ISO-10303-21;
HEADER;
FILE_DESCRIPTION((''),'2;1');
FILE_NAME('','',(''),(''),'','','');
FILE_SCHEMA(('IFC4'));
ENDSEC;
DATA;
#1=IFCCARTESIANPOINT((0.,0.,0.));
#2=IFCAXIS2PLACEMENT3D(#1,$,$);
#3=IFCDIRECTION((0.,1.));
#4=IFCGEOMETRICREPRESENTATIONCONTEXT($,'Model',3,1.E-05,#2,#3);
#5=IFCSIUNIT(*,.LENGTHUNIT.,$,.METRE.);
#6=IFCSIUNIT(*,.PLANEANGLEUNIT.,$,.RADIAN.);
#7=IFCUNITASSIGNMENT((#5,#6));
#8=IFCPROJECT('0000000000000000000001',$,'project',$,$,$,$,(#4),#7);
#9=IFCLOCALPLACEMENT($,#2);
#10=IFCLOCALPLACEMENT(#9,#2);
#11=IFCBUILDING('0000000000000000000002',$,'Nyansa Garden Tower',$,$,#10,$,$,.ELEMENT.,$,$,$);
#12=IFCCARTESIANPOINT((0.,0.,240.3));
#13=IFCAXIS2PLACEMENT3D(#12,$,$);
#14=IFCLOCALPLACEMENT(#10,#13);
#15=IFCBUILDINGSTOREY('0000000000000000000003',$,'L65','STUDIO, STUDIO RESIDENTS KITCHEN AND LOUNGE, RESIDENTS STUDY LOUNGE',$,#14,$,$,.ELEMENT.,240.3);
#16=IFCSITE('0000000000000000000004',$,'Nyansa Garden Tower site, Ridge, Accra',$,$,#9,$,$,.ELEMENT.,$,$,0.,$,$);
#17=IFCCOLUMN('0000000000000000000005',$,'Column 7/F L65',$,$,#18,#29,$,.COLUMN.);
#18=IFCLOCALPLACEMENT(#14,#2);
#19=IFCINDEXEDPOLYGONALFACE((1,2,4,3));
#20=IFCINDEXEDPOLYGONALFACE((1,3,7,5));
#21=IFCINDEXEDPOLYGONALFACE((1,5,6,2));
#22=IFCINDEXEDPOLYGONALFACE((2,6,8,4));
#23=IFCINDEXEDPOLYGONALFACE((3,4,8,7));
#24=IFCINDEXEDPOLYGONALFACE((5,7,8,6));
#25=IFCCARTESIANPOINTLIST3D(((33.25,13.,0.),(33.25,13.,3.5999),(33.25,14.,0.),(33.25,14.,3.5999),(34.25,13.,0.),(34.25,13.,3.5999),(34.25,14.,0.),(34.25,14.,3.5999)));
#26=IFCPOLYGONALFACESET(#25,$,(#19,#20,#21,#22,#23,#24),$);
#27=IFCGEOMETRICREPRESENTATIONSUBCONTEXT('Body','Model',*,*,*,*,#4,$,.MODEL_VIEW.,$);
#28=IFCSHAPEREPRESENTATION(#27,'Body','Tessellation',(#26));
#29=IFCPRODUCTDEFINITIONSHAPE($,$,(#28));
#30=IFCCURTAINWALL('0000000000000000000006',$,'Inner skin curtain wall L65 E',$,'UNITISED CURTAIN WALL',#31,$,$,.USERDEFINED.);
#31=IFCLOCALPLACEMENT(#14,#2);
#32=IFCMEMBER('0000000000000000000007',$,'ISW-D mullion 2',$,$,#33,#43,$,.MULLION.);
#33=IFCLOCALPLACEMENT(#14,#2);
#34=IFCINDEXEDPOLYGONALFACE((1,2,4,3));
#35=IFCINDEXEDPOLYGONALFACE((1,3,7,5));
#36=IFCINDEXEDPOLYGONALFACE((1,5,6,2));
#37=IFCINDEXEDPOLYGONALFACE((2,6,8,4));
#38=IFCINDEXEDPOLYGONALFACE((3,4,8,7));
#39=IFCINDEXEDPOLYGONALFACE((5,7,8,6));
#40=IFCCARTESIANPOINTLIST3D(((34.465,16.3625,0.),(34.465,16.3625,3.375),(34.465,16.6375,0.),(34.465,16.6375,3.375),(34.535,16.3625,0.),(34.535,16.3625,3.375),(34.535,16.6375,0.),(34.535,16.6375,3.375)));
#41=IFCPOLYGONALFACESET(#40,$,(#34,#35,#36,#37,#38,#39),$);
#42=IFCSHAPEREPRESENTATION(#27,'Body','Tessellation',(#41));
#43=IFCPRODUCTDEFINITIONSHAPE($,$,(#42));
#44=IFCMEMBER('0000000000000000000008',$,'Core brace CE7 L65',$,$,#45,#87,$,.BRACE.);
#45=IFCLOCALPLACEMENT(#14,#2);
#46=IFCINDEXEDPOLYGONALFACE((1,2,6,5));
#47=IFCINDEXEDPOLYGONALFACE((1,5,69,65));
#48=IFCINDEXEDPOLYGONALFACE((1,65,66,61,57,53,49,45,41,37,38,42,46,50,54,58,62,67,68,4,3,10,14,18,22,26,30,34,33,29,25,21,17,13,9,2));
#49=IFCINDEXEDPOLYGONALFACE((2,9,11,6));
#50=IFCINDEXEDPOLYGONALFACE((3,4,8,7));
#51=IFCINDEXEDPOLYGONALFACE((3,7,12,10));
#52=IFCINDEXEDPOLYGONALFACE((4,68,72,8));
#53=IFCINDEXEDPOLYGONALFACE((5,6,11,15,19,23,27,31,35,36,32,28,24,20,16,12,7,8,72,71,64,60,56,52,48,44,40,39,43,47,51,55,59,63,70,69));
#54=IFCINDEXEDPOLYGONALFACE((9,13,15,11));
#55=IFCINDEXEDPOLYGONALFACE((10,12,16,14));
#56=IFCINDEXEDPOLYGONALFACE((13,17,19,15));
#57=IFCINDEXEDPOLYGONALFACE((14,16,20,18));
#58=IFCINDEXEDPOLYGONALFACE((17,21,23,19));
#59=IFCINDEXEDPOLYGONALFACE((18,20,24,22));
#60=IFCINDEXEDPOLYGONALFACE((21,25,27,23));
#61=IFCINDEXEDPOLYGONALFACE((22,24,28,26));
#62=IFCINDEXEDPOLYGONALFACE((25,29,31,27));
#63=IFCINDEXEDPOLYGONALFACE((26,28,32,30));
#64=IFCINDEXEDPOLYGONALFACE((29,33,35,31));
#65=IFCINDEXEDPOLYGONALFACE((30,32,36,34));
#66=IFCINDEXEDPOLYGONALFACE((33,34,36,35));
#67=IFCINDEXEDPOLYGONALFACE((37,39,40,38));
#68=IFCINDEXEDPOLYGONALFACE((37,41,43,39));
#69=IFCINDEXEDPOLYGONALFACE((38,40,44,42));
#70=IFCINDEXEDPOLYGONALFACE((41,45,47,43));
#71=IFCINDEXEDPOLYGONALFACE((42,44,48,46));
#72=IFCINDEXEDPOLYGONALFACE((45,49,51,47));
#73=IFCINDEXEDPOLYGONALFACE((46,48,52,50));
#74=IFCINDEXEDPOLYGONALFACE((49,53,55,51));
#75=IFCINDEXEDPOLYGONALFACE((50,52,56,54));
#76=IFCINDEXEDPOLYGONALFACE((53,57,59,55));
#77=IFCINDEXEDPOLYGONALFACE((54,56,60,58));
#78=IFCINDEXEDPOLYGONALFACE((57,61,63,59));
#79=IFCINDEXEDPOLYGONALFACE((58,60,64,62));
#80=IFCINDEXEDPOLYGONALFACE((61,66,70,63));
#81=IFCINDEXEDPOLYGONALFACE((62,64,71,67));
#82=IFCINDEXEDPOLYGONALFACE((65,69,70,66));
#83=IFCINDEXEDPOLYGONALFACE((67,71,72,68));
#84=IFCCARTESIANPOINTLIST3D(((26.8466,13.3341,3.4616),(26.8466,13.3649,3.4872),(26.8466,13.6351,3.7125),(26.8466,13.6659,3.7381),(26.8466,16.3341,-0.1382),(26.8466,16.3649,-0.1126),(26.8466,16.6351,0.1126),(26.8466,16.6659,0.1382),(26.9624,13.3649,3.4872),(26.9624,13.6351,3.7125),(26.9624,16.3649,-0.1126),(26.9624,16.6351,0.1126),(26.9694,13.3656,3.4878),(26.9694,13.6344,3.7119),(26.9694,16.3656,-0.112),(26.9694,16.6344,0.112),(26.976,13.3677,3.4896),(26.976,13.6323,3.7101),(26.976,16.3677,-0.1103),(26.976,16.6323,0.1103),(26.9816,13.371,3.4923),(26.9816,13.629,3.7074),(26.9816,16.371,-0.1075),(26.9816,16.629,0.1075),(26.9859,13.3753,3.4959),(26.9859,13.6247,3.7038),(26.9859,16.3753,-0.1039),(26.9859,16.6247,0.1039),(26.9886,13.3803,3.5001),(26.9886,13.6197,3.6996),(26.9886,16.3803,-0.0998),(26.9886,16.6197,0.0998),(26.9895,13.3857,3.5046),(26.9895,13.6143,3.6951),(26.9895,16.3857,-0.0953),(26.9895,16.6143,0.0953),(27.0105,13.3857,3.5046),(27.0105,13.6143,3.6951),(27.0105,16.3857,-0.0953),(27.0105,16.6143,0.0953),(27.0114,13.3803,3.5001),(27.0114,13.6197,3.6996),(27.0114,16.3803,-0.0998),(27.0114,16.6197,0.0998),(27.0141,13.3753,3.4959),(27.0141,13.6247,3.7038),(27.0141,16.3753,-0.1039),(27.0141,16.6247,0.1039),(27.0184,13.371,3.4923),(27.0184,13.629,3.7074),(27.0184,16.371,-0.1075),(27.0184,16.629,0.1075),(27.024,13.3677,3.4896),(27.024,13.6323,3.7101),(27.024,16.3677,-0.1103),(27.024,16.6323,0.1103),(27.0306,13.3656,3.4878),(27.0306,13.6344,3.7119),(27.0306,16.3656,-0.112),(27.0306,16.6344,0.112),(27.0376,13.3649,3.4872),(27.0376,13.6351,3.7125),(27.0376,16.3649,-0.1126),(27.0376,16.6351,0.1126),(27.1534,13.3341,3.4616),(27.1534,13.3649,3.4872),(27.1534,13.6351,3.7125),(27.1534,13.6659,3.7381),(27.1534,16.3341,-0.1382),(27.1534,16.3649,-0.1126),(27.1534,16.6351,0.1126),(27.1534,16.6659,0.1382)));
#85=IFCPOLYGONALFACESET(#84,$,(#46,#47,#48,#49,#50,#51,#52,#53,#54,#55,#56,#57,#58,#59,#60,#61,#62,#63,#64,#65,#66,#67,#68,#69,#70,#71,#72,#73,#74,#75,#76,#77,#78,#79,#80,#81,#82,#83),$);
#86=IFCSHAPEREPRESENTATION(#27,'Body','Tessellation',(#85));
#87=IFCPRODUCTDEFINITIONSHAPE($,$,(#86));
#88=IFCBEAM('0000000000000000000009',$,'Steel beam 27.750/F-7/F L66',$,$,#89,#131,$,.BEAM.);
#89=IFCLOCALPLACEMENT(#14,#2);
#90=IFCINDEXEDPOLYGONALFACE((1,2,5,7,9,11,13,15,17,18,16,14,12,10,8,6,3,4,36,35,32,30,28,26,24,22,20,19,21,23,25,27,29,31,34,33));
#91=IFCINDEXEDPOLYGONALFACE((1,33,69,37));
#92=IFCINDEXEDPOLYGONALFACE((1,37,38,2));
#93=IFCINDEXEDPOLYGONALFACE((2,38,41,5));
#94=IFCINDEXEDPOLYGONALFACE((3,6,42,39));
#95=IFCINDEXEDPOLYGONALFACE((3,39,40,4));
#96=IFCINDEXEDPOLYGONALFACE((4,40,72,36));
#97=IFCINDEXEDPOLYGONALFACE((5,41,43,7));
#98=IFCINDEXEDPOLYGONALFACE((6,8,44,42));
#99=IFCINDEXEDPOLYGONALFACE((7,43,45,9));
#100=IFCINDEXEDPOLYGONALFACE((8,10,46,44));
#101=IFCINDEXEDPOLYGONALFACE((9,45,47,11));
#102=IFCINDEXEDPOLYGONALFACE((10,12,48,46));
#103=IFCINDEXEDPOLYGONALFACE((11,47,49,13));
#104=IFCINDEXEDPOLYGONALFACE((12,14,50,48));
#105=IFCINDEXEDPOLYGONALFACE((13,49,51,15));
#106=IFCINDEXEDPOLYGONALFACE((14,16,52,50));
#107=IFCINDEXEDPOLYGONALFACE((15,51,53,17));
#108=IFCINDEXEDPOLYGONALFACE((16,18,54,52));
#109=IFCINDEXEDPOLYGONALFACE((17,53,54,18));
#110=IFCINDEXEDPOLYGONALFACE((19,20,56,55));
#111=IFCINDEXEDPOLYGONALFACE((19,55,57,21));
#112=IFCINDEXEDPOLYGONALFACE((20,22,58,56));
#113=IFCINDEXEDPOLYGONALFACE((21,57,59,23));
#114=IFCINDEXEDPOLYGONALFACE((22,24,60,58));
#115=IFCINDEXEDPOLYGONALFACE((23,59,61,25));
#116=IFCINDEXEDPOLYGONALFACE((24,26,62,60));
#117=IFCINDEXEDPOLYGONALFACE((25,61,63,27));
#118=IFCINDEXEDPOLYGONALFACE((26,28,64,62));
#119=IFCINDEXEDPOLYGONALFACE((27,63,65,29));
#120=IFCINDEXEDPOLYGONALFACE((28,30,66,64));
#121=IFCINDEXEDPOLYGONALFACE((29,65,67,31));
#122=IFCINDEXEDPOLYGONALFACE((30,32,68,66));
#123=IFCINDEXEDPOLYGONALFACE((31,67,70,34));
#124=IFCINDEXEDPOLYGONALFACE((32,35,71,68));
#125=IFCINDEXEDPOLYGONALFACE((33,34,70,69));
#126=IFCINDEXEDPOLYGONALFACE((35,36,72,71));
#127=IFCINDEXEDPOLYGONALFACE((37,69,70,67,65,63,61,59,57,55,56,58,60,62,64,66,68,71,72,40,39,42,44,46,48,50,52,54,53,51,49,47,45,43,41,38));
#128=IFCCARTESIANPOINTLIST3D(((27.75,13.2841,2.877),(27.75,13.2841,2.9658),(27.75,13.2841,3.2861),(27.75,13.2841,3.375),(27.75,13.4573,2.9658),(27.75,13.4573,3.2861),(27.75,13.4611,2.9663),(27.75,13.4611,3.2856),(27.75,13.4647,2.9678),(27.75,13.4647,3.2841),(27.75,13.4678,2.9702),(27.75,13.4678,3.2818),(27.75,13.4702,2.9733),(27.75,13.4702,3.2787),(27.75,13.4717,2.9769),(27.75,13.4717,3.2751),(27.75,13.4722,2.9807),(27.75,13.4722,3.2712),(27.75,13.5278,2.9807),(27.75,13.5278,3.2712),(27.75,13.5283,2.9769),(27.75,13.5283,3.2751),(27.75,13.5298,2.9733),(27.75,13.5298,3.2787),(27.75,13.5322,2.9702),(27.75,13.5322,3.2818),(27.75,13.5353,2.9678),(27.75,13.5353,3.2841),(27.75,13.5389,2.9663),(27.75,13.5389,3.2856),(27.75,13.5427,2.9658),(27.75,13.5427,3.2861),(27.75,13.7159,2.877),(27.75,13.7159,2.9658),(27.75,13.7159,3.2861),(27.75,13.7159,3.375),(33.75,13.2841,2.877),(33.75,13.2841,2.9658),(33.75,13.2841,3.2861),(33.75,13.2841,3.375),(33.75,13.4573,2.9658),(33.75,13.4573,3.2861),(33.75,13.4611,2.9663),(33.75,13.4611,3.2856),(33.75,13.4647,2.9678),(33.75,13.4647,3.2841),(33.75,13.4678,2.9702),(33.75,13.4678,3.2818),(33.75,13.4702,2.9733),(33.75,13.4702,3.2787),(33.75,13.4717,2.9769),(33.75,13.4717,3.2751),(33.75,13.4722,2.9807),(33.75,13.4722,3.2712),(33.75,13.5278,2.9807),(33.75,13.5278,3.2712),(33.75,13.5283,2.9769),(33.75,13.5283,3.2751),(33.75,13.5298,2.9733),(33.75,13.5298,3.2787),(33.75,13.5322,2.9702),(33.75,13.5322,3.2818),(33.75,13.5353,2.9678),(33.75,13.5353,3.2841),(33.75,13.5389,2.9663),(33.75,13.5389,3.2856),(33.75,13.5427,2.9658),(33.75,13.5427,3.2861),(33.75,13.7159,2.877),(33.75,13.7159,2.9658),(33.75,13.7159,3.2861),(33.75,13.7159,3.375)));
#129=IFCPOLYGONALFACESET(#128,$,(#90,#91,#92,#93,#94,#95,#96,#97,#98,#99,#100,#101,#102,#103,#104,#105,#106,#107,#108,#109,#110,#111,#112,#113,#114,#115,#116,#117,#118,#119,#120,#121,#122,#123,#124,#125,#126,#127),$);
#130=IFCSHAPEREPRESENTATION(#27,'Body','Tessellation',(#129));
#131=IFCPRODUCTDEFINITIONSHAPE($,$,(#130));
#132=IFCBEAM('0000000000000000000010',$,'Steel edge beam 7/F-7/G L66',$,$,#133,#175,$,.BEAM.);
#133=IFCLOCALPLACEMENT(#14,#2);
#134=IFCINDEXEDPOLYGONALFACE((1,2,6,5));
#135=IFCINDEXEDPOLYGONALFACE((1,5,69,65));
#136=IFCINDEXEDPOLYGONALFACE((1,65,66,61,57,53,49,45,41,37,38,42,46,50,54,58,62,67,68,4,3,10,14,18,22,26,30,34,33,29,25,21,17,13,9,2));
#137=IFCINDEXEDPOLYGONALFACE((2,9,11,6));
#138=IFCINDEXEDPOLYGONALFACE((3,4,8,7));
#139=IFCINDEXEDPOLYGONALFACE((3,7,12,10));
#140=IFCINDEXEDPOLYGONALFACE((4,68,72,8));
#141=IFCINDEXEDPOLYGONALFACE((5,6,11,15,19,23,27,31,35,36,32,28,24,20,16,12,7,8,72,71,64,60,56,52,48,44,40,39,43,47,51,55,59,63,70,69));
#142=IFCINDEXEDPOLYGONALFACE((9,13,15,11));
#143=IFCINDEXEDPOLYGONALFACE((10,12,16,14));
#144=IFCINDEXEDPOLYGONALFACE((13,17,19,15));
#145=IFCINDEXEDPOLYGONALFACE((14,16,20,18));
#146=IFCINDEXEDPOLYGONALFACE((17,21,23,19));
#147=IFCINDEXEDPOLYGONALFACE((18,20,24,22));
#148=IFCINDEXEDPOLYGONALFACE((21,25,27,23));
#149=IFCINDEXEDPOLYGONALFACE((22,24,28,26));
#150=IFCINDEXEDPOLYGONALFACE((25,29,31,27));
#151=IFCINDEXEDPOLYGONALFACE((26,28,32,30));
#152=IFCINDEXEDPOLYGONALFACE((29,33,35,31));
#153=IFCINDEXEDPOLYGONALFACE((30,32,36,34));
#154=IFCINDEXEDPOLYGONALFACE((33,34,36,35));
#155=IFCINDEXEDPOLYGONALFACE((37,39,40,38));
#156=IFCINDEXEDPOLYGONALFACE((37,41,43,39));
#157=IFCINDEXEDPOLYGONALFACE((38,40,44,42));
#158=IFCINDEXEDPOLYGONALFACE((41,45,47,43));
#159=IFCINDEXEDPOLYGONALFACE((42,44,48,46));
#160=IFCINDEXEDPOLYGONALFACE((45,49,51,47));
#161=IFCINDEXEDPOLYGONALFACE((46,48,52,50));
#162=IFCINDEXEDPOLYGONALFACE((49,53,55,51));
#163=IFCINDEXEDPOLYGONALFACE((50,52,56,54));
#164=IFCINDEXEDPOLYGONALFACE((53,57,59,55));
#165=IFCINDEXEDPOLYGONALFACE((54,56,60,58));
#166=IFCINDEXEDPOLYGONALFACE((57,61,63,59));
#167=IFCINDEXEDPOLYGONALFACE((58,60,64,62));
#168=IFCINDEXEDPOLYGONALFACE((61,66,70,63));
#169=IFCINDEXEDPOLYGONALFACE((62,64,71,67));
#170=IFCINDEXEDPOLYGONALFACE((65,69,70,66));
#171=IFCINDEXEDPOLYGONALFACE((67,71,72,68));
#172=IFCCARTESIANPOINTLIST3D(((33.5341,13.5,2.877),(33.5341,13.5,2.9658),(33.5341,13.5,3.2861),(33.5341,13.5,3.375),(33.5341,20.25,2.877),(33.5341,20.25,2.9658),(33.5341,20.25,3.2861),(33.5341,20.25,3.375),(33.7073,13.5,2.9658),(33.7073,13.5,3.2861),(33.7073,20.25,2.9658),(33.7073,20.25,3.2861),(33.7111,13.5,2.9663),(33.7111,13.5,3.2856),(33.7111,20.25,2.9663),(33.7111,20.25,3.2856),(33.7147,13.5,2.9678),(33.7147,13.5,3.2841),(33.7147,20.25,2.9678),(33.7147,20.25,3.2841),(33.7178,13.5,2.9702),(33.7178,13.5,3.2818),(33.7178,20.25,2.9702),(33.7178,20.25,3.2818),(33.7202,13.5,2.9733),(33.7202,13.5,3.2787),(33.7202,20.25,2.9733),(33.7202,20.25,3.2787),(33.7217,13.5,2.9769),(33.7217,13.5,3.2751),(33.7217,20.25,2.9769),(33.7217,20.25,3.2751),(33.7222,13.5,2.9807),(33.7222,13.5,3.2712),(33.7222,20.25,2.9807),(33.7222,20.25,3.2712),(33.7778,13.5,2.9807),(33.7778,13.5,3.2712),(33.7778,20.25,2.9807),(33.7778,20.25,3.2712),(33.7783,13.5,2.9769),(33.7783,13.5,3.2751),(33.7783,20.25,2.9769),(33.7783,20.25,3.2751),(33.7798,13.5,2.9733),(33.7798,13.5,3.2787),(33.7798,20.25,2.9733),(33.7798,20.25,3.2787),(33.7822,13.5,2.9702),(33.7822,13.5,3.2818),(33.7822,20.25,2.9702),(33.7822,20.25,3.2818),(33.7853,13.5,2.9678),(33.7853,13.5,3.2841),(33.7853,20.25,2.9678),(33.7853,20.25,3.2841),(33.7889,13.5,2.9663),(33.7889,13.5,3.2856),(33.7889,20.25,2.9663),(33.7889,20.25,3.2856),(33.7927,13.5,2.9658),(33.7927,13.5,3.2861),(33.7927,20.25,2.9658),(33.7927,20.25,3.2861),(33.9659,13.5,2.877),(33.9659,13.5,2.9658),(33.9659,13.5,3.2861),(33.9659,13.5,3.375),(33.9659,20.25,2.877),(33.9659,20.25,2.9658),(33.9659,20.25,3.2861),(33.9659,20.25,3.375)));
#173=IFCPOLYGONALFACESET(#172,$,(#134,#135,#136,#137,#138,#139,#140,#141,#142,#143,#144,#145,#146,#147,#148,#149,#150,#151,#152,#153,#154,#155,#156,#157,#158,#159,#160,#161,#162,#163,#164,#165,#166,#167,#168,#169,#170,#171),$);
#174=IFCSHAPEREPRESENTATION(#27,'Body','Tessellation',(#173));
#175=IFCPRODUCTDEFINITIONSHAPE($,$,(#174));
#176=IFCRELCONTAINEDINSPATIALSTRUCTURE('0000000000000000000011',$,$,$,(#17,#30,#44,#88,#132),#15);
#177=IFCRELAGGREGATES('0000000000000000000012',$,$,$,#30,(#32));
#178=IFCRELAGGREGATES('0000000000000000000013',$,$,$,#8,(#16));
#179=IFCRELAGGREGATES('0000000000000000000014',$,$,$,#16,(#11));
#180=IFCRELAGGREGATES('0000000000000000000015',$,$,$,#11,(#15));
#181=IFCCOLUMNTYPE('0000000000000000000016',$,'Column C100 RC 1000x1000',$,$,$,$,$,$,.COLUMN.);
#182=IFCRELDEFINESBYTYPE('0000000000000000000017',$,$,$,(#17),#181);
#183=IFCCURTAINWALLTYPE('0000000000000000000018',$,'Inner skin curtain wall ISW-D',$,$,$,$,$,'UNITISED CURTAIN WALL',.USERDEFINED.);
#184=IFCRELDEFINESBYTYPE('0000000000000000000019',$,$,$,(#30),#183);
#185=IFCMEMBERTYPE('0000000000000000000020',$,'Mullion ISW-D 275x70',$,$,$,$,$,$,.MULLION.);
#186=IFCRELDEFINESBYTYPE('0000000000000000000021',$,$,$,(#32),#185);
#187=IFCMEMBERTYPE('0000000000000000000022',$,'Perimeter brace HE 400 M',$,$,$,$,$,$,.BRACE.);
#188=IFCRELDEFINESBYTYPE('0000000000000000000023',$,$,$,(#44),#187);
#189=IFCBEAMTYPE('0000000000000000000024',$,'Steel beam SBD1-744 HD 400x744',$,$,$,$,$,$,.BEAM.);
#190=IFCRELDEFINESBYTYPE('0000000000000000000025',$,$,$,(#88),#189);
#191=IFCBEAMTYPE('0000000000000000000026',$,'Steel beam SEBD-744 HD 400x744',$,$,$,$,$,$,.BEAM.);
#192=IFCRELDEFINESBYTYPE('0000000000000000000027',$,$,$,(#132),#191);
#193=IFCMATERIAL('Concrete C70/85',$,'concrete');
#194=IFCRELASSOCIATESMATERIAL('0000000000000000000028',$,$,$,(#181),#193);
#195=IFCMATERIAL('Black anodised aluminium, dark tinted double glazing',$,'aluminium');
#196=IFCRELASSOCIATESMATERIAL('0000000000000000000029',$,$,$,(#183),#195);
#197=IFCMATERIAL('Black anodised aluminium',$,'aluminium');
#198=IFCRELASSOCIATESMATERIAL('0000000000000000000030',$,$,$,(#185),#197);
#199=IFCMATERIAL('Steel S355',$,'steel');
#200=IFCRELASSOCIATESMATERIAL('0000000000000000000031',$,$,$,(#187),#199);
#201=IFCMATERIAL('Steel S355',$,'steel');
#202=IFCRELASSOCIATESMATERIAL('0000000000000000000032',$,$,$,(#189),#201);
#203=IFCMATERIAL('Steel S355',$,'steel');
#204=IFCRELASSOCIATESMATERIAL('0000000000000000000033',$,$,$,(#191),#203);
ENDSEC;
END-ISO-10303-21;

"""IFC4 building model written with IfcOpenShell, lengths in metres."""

from ifc_helpers import new_model, si_unit, direction, frame, origin, origin_2d, place, context, subcontext, project, spatial, rectangle, i_section, extrude, material, material_profile, profile_set, type_object, element, aggregate, save


model = new_model("IFC4")

# Units and contexts
model_context = context("Model", 3, precision=1e-05, world=origin(), true_north=direction((0.0, 1.0)))
body_context = subcontext(model_context, "Body", "Model", "MODEL_VIEW")
ifc_project = project(units=[si_unit("LENGTHUNIT", "METRE"), si_unit("PLANEANGLEUNIT", "RADIAN")], contexts=[model_context])

# Site, building, storey
site_placement = place(None, origin())
site = spatial("IfcSite", under=ifc_project, at=site_placement, Name="Nyansa Garden Tower site, Ridge, Accra", CompositionType="ELEMENT", RefElevation=0.0)
building_placement = place(site_placement, origin())
building = spatial("IfcBuilding", under=site, at=building_placement, Name="Nyansa Garden Tower", CompositionType="ELEMENT")
storey_placement = place(building_placement, frame((0.0, 0.0, 240.3)))
storey = spatial("IfcBuildingStorey", under=building, at=storey_placement, Name="L65", Description="STUDIO, STUDIO RESIDENTS KITCHEN AND LOUNGE, RESIDENTS STUDY LOUNGE", CompositionType="ELEMENT", Elevation=240.3)

# Column
ifc_material_1 = material(Name="Concrete C70/85", Category="concrete")
ifc_material_profile_1 = material_profile(ifc_material_1, rectangle(XDim=1.0, YDim=1.0, at=origin_2d()), Name="RC 1000x1000")
ifc_profile_set_1 = profile_set([ifc_material_profile_1], Name="Concrete C70/85")
column_type = type_object("IfcColumnType", Name="Column C100 RC 1000x1000", PredefinedType="COLUMN", material=ifc_profile_set_1)
column_placement = place(storey_placement, frame((33.75, 13.5, 0.0), z_axis=(0.0, 0.0, 1.0), x_axis=(1.0, 0.0, 0.0)))
element("IfcColumn", 1, at=column_placement, inside=storey, type_object=column_type, Name="Column 7/F L65", PredefinedType="COLUMN", context=body_context, shape_type="SweptSolid", body=[
    extrude(rectangle(XDim=1.0, YDim=1.0, at=origin_2d()), origin(), (0.0, 0.0, 1.0), 3.5999),
])

# Curtain wall, member
ifc_material_2 = material(Name="Black anodised aluminium, dark tinted double glazing", Category="aluminium")
curtain_wall_type = type_object("IfcCurtainWallType", Name="Inner skin curtain wall ISW-D", ElementType="UNITISED CURTAIN WALL", PredefinedType="USERDEFINED", material=ifc_material_2)
curtain_wall_placement = place(storey_placement, origin())
curtain_wall = element("IfcCurtainWall", 2, at=curtain_wall_placement, inside=storey, type_object=curtain_wall_type, Name="Inner skin curtain wall L65 E", ObjectType="UNITISED CURTAIN WALL", PredefinedType="USERDEFINED")
ifc_material_3 = material(Name="Black anodised aluminium", Category="aluminium")
ifc_material_profile_2 = material_profile(ifc_material_3, rectangle(XDim=0.0701, YDim=0.2749, at=origin_2d()), Name="Mullion 275x70")
ifc_profile_set_2 = profile_set([ifc_material_profile_2], Name="Black anodised aluminium")
member_type_1 = type_object("IfcMemberType", Name="Mullion ISW-D 275x70", PredefinedType="MULLION", material=ifc_profile_set_2)
member_1_placement = place(storey_placement, frame((34.5, 16.5, 0.0), z_axis=(0.0, 0.0, 1.0), x_axis=(-1.0, 0.0, 0.0)))
member_1 = element("IfcMember", 3, at=member_1_placement, type_object=member_type_1, Name="ISW-D mullion 2", PredefinedType="MULLION", context=body_context, shape_type="SweptSolid", body=[
    extrude(rectangle(XDim=0.0701, YDim=0.2749, at=origin_2d()), origin(), (0.0, 0.0, 1.0), 3.375),
])

# Member
ifc_material_4 = material(Name="Steel S355", Category="steel")
ifc_material_profile_3 = material_profile(ifc_material_4, i_section(OverallWidth=0.3069, OverallDepth=0.4319, WebThickness=0.021, FlangeThickness=0.04, FilletRadius=0.0271, at=origin_2d()), Name="HE 400 M")
ifc_profile_set_3 = profile_set([ifc_material_profile_3], Name="Steel S355")
member_type_2 = type_object("IfcMemberType", Name="Perimeter brace HE 400 M", PredefinedType="BRACE", material=ifc_profile_set_3)
member_2_placement = place(storey_placement, frame((27.0, 16.5, 0.0), z_axis=(0.0, -0.6402, 0.768208), x_axis=(1.0, 0.0, 0.0)))
element("IfcMember", 4, at=member_2_placement, inside=storey, type_object=member_type_2, Name="Core brace CE7 L65", PredefinedType="BRACE", context=body_context, shape_type="SweptSolid", body=[
    extrude(i_section(OverallWidth=0.3069, OverallDepth=0.4319, WebThickness=0.021, FlangeThickness=0.04, FilletRadius=0.0271, at=origin_2d()), origin(), (0.0, 0.0, 1.0), 4.686),
])

# Beams
ifc_material_5 = material(Name="Steel S355", Category="steel")
ifc_material_profile_4 = material_profile(ifc_material_5, i_section(OverallWidth=0.4319, OverallDepth=0.498, WebThickness=0.0557, FlangeThickness=0.0889, FilletRadius=0.0149, at=origin_2d()), Name="HD 400x744")
ifc_profile_set_4 = profile_set([ifc_material_profile_4], Name="Steel S355")
beam_type_1 = type_object("IfcBeamType", Name="Steel beam SBD1-744 HD 400x744", PredefinedType="BEAM", material=ifc_profile_set_4)
beam_1_placement = place(storey_placement, frame((27.75, 13.5, 3.126), z_axis=(1.0, 0.0, 0.0), x_axis=(0.0, 1.0, 0.0)))
element("IfcBeam", 5, at=beam_1_placement, inside=storey, type_object=beam_type_1, Name="Steel beam 27.750/F-7/F L66", PredefinedType="BEAM", context=body_context, shape_type="SweptSolid", body=[
    extrude(i_section(OverallWidth=0.4319, OverallDepth=0.498, WebThickness=0.0557, FlangeThickness=0.0889, FilletRadius=0.0149, at=origin_2d()), origin(), (0.0, 0.0, 1.0), 6.0),
])
ifc_material_6 = material(Name="Steel S355", Category="steel")
ifc_material_profile_5 = material_profile(ifc_material_6, i_section(OverallWidth=0.4319, OverallDepth=0.498, WebThickness=0.0557, FlangeThickness=0.0889, FilletRadius=0.0149, at=origin_2d()), Name="HD 400x744")
ifc_profile_set_5 = profile_set([ifc_material_profile_5], Name="Steel S355")
beam_type_2 = type_object("IfcBeamType", Name="Steel beam SEBD-744 HD 400x744", PredefinedType="BEAM", material=ifc_profile_set_5)
beam_2_placement = place(storey_placement, frame((33.75, 13.5, 3.126), z_axis=(0.0, 1.0, 0.0), x_axis=(-1.0, 0.0, 0.0)))
element("IfcBeam", 6, at=beam_2_placement, inside=storey, type_object=beam_type_2, Name="Steel edge beam 7/F-7/G L66", PredefinedType="BEAM", context=body_context, shape_type="SweptSolid", body=[
    extrude(i_section(OverallWidth=0.4319, OverallDepth=0.498, WebThickness=0.0557, FlangeThickness=0.0889, FilletRadius=0.0149, at=origin_2d()), origin(), (0.0, 0.0, 1.0), 6.75),
])

aggregate(curtain_wall, [member_1])

save(model, "model.ifc")
